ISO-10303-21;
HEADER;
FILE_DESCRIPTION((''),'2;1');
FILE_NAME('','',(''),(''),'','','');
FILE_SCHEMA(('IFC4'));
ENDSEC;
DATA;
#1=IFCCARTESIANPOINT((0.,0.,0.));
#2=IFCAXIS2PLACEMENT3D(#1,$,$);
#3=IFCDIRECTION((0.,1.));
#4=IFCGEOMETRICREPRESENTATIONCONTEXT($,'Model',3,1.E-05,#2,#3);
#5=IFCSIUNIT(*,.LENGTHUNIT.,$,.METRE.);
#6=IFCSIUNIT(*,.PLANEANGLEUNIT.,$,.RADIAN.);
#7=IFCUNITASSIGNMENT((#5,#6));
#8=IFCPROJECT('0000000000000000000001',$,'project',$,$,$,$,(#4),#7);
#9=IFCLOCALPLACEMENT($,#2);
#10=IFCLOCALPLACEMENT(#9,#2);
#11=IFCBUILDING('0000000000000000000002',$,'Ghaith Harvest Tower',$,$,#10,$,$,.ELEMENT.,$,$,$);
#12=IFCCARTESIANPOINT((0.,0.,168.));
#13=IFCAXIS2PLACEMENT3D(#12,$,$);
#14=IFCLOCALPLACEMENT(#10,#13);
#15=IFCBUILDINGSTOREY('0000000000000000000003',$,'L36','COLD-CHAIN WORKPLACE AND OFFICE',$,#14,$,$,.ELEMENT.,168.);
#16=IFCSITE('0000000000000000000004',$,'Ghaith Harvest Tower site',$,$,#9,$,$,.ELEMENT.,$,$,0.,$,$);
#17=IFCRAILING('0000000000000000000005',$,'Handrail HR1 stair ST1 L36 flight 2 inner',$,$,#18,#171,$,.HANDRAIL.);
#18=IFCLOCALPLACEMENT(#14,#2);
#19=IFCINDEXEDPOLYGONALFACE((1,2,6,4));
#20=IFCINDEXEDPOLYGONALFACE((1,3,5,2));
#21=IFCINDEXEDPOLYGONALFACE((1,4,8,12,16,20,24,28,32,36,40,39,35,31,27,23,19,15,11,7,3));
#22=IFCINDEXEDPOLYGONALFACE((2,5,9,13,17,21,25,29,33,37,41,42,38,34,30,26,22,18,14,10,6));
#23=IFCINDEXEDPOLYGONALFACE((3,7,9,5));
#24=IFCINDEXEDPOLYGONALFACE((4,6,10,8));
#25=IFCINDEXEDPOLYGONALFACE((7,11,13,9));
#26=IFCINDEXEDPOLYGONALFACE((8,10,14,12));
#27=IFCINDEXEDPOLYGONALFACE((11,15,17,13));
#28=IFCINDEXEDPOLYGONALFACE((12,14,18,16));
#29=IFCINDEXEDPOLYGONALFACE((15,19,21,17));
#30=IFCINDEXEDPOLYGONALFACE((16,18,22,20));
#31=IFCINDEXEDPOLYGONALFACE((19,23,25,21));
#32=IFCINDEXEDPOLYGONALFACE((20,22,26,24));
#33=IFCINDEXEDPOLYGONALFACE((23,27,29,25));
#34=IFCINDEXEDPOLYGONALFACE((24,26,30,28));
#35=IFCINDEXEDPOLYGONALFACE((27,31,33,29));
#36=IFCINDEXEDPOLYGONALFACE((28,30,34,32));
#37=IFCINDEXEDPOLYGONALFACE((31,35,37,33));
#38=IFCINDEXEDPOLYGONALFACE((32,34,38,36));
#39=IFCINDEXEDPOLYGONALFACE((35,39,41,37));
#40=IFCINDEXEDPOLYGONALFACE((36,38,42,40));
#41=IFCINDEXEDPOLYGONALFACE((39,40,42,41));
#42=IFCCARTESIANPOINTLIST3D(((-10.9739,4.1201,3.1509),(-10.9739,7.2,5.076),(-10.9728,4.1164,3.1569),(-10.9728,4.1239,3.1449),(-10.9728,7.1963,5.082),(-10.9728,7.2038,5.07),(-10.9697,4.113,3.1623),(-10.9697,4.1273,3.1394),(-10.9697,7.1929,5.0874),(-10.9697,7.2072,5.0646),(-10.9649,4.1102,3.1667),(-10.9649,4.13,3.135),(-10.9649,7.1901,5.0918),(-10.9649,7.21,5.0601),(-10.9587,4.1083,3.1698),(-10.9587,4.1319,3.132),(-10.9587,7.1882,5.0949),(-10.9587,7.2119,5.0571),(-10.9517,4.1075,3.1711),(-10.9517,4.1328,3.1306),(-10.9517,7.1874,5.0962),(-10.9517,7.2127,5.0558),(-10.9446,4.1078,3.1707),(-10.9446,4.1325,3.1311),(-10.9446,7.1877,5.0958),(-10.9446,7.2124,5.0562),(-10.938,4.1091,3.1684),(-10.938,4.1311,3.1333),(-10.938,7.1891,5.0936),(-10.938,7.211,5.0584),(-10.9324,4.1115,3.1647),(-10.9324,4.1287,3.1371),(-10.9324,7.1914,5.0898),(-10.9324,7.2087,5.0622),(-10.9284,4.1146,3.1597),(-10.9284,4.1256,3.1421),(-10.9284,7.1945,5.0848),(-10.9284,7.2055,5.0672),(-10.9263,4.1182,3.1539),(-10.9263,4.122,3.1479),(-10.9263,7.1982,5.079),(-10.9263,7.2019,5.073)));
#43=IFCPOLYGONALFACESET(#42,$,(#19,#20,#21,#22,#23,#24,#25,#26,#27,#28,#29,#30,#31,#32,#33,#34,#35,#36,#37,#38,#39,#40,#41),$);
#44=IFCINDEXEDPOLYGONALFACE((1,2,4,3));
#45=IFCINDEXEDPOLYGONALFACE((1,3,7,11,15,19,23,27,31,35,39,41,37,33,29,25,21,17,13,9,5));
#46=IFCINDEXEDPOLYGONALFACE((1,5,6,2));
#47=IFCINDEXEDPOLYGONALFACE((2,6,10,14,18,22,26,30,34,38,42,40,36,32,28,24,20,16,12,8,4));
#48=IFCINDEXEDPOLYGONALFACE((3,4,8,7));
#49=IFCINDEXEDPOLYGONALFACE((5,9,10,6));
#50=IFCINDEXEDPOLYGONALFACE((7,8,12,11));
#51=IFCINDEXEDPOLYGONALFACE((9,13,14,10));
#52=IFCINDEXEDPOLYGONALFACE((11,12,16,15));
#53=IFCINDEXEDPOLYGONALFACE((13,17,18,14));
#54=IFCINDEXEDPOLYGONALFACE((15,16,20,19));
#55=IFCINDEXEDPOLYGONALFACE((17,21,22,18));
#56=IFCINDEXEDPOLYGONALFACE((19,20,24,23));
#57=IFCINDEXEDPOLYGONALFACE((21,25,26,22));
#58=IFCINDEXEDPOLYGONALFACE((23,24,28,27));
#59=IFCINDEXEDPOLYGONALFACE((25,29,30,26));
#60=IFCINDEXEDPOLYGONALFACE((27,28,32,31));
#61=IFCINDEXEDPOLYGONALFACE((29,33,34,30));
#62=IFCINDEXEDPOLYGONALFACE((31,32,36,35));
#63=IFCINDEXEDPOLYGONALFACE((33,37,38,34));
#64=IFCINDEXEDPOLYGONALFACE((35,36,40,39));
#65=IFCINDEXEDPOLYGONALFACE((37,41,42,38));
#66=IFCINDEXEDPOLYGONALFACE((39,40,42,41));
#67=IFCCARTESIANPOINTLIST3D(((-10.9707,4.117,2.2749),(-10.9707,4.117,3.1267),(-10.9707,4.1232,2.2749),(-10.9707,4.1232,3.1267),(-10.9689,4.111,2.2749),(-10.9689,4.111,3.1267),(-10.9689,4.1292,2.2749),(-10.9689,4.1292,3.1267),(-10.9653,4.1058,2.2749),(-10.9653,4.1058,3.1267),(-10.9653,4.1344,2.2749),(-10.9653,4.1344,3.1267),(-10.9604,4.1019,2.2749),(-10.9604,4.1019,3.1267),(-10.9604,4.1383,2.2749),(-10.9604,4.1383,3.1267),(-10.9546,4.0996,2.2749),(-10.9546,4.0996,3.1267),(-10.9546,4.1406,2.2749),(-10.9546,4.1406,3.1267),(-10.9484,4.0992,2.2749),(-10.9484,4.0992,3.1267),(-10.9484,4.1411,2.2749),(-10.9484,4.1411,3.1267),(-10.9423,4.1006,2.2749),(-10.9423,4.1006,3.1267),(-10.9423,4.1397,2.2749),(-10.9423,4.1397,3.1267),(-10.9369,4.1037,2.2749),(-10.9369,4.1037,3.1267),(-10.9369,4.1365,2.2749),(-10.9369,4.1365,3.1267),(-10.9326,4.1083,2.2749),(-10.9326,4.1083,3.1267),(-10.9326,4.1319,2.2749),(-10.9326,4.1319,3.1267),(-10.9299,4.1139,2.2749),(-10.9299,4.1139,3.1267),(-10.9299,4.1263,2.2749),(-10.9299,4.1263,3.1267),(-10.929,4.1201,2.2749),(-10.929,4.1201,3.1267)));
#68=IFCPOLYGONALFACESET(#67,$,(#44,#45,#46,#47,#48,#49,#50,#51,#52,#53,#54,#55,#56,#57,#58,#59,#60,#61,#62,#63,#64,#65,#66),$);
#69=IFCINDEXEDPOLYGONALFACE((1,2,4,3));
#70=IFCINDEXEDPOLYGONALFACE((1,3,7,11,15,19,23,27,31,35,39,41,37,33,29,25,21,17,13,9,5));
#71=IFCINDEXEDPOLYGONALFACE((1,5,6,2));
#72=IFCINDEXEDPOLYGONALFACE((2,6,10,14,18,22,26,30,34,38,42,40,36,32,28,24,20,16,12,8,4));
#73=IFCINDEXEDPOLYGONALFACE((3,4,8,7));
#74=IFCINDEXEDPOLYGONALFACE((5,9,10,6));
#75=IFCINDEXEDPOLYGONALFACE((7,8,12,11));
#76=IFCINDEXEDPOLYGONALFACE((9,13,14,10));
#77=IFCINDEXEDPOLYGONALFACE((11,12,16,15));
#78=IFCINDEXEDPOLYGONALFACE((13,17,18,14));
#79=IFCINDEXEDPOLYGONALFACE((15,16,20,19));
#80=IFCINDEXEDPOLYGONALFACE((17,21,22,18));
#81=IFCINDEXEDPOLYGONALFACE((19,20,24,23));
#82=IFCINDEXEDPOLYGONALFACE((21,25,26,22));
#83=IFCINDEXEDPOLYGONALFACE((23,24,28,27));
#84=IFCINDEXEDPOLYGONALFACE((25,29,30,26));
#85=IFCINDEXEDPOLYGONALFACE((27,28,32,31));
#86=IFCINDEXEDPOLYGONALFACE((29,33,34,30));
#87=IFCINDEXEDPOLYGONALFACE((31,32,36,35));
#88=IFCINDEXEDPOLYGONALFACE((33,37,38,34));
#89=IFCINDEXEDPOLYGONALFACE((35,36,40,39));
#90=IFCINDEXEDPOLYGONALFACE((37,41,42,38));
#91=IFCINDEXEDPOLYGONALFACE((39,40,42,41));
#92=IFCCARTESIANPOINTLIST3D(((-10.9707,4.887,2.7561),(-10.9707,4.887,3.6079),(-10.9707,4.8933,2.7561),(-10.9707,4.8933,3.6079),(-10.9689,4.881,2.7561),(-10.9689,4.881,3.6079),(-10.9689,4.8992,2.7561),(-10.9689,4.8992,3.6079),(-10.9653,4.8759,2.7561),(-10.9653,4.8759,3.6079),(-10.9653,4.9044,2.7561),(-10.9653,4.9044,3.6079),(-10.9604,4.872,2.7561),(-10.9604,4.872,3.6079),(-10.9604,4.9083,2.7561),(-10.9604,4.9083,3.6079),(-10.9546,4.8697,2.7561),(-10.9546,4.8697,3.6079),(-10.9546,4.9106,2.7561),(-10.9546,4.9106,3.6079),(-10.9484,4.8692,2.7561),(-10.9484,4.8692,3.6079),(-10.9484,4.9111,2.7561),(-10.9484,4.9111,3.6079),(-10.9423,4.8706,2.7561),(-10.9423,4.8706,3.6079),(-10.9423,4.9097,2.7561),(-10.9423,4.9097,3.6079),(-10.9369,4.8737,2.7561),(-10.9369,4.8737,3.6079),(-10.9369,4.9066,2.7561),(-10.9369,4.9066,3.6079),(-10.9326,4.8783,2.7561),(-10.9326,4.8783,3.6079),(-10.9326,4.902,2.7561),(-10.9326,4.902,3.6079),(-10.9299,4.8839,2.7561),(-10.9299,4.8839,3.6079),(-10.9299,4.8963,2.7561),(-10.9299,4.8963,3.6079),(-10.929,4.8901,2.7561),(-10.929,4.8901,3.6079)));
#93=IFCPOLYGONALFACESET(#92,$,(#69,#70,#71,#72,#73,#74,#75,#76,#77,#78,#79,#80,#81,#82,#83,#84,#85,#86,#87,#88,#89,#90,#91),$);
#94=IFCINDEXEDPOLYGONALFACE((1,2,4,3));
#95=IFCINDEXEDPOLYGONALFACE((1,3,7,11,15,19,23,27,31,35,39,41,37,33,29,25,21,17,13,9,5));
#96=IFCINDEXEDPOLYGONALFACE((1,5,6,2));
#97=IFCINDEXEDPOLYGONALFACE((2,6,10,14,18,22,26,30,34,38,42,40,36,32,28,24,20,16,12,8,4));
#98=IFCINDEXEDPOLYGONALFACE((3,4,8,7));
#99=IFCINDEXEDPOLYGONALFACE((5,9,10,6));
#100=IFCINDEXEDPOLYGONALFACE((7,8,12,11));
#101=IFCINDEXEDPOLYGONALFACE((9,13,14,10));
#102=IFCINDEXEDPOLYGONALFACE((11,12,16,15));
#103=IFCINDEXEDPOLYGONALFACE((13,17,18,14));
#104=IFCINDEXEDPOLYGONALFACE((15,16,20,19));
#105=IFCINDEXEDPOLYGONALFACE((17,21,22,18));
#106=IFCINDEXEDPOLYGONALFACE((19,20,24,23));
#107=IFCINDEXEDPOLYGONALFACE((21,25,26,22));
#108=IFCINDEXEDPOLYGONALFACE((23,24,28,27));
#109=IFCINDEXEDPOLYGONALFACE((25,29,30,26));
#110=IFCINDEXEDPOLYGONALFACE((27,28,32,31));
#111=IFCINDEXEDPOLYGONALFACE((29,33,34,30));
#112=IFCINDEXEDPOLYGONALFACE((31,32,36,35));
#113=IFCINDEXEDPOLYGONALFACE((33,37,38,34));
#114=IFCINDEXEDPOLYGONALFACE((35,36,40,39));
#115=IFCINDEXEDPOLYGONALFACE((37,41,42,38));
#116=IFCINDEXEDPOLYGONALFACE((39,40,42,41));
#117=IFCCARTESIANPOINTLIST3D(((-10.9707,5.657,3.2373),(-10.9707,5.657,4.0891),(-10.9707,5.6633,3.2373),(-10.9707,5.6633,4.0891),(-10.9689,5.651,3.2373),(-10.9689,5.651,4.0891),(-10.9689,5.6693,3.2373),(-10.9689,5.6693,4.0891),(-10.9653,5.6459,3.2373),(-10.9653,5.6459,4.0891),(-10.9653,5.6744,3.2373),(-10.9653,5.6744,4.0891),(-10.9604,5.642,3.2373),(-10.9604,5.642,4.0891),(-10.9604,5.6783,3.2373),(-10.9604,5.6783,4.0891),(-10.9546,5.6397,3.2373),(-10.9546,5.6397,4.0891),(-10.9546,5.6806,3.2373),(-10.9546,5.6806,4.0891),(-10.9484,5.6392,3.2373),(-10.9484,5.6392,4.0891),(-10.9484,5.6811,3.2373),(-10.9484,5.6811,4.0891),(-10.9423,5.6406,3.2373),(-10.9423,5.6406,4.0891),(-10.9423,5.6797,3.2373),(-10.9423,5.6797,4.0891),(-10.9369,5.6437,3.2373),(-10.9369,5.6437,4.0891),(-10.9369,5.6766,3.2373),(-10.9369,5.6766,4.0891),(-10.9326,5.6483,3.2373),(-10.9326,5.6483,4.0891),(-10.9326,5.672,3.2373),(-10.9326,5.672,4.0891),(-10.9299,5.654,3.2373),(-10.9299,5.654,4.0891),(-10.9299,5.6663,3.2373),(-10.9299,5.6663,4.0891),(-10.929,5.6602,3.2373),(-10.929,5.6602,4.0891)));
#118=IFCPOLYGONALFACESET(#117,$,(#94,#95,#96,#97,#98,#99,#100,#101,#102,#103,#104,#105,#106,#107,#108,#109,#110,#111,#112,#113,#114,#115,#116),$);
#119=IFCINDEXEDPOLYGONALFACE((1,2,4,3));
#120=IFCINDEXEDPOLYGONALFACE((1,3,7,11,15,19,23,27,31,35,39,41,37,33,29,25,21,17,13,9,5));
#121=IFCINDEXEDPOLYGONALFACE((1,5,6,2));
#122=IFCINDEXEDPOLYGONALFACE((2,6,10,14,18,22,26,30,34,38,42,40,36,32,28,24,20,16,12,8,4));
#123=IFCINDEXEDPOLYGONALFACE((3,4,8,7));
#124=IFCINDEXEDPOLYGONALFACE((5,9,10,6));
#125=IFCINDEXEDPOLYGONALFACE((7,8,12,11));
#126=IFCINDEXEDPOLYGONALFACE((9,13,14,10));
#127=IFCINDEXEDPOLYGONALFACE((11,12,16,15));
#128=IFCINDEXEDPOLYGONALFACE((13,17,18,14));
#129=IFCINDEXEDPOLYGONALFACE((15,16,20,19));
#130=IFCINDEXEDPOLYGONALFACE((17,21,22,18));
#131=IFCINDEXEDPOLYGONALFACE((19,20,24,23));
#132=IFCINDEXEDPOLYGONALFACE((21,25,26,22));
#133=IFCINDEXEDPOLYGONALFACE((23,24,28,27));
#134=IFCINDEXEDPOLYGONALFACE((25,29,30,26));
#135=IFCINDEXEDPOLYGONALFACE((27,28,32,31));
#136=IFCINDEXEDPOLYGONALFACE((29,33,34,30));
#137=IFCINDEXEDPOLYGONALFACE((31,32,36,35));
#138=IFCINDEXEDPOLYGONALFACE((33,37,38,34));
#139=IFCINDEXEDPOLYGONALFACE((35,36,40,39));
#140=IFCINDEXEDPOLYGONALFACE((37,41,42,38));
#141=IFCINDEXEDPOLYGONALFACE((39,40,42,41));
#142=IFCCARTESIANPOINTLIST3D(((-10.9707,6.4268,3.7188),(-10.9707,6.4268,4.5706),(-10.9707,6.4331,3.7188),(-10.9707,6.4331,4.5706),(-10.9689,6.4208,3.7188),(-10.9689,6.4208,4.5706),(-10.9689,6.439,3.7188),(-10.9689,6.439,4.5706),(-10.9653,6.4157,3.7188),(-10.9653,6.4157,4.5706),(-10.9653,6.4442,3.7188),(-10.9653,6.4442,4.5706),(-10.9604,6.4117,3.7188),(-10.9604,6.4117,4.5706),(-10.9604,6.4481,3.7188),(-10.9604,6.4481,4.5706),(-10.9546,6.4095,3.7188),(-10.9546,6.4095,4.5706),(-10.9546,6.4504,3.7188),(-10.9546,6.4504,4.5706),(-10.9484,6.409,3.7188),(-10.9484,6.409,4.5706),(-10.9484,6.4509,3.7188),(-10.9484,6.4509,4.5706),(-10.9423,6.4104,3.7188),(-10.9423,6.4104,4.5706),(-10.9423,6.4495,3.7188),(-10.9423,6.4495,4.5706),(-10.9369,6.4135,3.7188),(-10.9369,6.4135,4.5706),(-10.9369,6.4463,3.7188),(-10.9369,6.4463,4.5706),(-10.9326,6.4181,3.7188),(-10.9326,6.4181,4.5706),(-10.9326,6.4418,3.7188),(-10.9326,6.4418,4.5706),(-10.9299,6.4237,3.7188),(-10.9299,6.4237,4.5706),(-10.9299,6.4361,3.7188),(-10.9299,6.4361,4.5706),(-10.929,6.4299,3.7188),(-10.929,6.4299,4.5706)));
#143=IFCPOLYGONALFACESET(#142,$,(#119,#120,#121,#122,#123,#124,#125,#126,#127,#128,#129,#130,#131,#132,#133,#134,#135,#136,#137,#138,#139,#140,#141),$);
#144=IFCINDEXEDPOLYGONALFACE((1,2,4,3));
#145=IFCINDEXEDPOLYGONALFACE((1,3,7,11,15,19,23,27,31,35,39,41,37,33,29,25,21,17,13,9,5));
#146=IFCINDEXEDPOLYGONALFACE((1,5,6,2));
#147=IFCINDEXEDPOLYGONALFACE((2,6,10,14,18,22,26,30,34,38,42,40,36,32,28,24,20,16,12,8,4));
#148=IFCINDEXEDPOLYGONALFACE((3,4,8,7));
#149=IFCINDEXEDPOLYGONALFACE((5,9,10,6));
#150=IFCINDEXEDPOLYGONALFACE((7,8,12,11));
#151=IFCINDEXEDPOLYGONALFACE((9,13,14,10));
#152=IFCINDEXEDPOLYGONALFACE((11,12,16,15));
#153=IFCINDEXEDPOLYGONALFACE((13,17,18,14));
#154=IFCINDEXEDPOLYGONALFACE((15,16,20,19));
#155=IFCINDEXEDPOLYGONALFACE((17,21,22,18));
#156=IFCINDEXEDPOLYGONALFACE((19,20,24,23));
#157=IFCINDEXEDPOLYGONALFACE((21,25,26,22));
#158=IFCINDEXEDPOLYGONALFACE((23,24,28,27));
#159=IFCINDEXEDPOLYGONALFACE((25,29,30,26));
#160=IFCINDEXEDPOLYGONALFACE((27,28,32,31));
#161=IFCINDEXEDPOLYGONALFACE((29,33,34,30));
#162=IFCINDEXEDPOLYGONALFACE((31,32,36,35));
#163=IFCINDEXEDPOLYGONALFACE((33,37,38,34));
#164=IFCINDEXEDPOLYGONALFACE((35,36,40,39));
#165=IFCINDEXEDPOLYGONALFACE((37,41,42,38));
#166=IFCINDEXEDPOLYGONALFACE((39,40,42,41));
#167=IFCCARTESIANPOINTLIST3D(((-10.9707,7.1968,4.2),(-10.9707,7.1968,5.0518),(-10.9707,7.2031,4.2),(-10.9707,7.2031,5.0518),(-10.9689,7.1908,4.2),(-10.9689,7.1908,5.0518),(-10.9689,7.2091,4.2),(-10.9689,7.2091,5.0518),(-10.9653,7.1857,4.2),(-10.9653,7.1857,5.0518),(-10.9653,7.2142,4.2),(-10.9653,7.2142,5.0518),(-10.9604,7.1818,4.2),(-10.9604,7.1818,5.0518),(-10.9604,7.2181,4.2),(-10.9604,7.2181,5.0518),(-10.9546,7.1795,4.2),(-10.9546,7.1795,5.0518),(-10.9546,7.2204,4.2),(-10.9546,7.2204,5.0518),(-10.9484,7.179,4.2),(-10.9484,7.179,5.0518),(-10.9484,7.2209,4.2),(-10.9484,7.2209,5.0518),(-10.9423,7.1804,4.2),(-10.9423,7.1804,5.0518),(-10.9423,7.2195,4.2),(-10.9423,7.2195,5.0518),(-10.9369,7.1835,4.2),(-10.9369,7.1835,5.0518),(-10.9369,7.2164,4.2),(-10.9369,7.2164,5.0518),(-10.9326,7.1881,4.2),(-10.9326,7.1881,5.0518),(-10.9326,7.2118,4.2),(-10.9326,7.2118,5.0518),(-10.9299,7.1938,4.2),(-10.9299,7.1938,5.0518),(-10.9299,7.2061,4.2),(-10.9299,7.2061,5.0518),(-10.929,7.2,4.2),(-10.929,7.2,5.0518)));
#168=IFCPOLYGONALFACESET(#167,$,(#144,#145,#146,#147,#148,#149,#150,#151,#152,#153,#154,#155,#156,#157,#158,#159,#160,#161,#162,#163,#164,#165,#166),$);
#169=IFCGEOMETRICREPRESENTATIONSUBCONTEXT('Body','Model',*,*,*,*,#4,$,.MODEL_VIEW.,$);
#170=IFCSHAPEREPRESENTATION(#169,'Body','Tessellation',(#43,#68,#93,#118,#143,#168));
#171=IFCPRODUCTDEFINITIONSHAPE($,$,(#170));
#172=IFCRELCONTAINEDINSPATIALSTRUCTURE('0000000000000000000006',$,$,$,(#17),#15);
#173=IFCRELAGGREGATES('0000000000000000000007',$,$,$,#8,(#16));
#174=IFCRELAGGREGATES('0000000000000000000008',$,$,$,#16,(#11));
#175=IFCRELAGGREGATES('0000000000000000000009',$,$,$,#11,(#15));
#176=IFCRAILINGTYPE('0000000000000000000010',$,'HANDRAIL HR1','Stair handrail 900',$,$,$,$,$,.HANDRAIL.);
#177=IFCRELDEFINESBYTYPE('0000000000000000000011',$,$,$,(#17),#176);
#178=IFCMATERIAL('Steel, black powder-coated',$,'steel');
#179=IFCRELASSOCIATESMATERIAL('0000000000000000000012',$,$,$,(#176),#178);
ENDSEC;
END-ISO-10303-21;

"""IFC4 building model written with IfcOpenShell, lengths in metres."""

from ifc_helpers import new_model, si_unit, direction, frame, origin, origin_2d, place, context, subcontext, project, spatial, circle, extrude, material, type_object, element, save


model = new_model("IFC4")

# Units and contexts
model_context = context("Model", 3, precision=1e-05, world=origin(), true_north=direction((0.0, 1.0)))
body_context = subcontext(model_context, "Body", "Model", "MODEL_VIEW")
ifc_project = project(units=[si_unit("LENGTHUNIT", "METRE"), si_unit("PLANEANGLEUNIT", "RADIAN")], contexts=[model_context])

# Site, building, storey
site_placement = place(None, origin())
site = spatial("IfcSite", under=ifc_project, at=site_placement, Name="Ghaith Harvest Tower site", CompositionType="ELEMENT", RefElevation=0.0)
building_placement = place(site_placement, origin())
building = spatial("IfcBuilding", under=site, at=building_placement, Name="Ghaith Harvest Tower", CompositionType="ELEMENT")
storey_placement = place(building_placement, frame((0.0, 0.0, 168.0)))
storey = spatial("IfcBuildingStorey", under=building, at=storey_placement, Name="L36", Description="COLD-CHAIN WORKPLACE AND OFFICE", CompositionType="ELEMENT", Elevation=168.0)

# Railing
ifc_material_1 = material(Name="Steel, black powder-coated", Category="steel")
railing_type = type_object("IfcRailingType", Name="HANDRAIL HR1", Description="Stair handrail 900", PredefinedType="HANDRAIL", material=ifc_material_1)
railing_1_placement = place(storey_placement, frame((-10.95, 4.1201, 2.2749)))
element("IfcRailing", 1, at=railing_1_placement, inside=storey, type_object=railing_type, Name="Handrail HR1 stair ST1 L36 flight 2 inner", PredefinedType="HANDRAIL", context=body_context, shape_type="SweptSolid", body=[
    extrude(circle(Radius=0.0239, at=origin_2d()), frame((0.0, 0.0, 0.876), z_axis=(0.0, 0.847979, 0.530029), x_axis=(-1.0, 0.0, 0.0)), (0.0, 0.0, 1.0), 3.6321),
    extrude(circle(Radius=0.021, at=origin_2d()), origin(), (0.0, 0.0, 1.0), 0.8518),
    extrude(circle(Radius=0.021, at=origin_2d()), frame((0.0, 0.77, 0.4812)), (0.0, 0.0, 1.0), 0.8518),
    extrude(circle(Radius=0.021, at=origin_2d()), frame((0.0, 1.54, 0.9624)), (0.0, 0.0, 1.0), 0.8518),
    extrude(circle(Radius=0.021, at=origin_2d()), frame((0.0, 2.3098, 1.4438)), (0.0, 0.0, 1.0), 0.8518),
    extrude(circle(Radius=0.021, at=origin_2d()), frame((0.0, 3.0798, 1.925)), (0.0, 0.0, 1.0), 0.8518),
])

save(model, "model.ifc")
